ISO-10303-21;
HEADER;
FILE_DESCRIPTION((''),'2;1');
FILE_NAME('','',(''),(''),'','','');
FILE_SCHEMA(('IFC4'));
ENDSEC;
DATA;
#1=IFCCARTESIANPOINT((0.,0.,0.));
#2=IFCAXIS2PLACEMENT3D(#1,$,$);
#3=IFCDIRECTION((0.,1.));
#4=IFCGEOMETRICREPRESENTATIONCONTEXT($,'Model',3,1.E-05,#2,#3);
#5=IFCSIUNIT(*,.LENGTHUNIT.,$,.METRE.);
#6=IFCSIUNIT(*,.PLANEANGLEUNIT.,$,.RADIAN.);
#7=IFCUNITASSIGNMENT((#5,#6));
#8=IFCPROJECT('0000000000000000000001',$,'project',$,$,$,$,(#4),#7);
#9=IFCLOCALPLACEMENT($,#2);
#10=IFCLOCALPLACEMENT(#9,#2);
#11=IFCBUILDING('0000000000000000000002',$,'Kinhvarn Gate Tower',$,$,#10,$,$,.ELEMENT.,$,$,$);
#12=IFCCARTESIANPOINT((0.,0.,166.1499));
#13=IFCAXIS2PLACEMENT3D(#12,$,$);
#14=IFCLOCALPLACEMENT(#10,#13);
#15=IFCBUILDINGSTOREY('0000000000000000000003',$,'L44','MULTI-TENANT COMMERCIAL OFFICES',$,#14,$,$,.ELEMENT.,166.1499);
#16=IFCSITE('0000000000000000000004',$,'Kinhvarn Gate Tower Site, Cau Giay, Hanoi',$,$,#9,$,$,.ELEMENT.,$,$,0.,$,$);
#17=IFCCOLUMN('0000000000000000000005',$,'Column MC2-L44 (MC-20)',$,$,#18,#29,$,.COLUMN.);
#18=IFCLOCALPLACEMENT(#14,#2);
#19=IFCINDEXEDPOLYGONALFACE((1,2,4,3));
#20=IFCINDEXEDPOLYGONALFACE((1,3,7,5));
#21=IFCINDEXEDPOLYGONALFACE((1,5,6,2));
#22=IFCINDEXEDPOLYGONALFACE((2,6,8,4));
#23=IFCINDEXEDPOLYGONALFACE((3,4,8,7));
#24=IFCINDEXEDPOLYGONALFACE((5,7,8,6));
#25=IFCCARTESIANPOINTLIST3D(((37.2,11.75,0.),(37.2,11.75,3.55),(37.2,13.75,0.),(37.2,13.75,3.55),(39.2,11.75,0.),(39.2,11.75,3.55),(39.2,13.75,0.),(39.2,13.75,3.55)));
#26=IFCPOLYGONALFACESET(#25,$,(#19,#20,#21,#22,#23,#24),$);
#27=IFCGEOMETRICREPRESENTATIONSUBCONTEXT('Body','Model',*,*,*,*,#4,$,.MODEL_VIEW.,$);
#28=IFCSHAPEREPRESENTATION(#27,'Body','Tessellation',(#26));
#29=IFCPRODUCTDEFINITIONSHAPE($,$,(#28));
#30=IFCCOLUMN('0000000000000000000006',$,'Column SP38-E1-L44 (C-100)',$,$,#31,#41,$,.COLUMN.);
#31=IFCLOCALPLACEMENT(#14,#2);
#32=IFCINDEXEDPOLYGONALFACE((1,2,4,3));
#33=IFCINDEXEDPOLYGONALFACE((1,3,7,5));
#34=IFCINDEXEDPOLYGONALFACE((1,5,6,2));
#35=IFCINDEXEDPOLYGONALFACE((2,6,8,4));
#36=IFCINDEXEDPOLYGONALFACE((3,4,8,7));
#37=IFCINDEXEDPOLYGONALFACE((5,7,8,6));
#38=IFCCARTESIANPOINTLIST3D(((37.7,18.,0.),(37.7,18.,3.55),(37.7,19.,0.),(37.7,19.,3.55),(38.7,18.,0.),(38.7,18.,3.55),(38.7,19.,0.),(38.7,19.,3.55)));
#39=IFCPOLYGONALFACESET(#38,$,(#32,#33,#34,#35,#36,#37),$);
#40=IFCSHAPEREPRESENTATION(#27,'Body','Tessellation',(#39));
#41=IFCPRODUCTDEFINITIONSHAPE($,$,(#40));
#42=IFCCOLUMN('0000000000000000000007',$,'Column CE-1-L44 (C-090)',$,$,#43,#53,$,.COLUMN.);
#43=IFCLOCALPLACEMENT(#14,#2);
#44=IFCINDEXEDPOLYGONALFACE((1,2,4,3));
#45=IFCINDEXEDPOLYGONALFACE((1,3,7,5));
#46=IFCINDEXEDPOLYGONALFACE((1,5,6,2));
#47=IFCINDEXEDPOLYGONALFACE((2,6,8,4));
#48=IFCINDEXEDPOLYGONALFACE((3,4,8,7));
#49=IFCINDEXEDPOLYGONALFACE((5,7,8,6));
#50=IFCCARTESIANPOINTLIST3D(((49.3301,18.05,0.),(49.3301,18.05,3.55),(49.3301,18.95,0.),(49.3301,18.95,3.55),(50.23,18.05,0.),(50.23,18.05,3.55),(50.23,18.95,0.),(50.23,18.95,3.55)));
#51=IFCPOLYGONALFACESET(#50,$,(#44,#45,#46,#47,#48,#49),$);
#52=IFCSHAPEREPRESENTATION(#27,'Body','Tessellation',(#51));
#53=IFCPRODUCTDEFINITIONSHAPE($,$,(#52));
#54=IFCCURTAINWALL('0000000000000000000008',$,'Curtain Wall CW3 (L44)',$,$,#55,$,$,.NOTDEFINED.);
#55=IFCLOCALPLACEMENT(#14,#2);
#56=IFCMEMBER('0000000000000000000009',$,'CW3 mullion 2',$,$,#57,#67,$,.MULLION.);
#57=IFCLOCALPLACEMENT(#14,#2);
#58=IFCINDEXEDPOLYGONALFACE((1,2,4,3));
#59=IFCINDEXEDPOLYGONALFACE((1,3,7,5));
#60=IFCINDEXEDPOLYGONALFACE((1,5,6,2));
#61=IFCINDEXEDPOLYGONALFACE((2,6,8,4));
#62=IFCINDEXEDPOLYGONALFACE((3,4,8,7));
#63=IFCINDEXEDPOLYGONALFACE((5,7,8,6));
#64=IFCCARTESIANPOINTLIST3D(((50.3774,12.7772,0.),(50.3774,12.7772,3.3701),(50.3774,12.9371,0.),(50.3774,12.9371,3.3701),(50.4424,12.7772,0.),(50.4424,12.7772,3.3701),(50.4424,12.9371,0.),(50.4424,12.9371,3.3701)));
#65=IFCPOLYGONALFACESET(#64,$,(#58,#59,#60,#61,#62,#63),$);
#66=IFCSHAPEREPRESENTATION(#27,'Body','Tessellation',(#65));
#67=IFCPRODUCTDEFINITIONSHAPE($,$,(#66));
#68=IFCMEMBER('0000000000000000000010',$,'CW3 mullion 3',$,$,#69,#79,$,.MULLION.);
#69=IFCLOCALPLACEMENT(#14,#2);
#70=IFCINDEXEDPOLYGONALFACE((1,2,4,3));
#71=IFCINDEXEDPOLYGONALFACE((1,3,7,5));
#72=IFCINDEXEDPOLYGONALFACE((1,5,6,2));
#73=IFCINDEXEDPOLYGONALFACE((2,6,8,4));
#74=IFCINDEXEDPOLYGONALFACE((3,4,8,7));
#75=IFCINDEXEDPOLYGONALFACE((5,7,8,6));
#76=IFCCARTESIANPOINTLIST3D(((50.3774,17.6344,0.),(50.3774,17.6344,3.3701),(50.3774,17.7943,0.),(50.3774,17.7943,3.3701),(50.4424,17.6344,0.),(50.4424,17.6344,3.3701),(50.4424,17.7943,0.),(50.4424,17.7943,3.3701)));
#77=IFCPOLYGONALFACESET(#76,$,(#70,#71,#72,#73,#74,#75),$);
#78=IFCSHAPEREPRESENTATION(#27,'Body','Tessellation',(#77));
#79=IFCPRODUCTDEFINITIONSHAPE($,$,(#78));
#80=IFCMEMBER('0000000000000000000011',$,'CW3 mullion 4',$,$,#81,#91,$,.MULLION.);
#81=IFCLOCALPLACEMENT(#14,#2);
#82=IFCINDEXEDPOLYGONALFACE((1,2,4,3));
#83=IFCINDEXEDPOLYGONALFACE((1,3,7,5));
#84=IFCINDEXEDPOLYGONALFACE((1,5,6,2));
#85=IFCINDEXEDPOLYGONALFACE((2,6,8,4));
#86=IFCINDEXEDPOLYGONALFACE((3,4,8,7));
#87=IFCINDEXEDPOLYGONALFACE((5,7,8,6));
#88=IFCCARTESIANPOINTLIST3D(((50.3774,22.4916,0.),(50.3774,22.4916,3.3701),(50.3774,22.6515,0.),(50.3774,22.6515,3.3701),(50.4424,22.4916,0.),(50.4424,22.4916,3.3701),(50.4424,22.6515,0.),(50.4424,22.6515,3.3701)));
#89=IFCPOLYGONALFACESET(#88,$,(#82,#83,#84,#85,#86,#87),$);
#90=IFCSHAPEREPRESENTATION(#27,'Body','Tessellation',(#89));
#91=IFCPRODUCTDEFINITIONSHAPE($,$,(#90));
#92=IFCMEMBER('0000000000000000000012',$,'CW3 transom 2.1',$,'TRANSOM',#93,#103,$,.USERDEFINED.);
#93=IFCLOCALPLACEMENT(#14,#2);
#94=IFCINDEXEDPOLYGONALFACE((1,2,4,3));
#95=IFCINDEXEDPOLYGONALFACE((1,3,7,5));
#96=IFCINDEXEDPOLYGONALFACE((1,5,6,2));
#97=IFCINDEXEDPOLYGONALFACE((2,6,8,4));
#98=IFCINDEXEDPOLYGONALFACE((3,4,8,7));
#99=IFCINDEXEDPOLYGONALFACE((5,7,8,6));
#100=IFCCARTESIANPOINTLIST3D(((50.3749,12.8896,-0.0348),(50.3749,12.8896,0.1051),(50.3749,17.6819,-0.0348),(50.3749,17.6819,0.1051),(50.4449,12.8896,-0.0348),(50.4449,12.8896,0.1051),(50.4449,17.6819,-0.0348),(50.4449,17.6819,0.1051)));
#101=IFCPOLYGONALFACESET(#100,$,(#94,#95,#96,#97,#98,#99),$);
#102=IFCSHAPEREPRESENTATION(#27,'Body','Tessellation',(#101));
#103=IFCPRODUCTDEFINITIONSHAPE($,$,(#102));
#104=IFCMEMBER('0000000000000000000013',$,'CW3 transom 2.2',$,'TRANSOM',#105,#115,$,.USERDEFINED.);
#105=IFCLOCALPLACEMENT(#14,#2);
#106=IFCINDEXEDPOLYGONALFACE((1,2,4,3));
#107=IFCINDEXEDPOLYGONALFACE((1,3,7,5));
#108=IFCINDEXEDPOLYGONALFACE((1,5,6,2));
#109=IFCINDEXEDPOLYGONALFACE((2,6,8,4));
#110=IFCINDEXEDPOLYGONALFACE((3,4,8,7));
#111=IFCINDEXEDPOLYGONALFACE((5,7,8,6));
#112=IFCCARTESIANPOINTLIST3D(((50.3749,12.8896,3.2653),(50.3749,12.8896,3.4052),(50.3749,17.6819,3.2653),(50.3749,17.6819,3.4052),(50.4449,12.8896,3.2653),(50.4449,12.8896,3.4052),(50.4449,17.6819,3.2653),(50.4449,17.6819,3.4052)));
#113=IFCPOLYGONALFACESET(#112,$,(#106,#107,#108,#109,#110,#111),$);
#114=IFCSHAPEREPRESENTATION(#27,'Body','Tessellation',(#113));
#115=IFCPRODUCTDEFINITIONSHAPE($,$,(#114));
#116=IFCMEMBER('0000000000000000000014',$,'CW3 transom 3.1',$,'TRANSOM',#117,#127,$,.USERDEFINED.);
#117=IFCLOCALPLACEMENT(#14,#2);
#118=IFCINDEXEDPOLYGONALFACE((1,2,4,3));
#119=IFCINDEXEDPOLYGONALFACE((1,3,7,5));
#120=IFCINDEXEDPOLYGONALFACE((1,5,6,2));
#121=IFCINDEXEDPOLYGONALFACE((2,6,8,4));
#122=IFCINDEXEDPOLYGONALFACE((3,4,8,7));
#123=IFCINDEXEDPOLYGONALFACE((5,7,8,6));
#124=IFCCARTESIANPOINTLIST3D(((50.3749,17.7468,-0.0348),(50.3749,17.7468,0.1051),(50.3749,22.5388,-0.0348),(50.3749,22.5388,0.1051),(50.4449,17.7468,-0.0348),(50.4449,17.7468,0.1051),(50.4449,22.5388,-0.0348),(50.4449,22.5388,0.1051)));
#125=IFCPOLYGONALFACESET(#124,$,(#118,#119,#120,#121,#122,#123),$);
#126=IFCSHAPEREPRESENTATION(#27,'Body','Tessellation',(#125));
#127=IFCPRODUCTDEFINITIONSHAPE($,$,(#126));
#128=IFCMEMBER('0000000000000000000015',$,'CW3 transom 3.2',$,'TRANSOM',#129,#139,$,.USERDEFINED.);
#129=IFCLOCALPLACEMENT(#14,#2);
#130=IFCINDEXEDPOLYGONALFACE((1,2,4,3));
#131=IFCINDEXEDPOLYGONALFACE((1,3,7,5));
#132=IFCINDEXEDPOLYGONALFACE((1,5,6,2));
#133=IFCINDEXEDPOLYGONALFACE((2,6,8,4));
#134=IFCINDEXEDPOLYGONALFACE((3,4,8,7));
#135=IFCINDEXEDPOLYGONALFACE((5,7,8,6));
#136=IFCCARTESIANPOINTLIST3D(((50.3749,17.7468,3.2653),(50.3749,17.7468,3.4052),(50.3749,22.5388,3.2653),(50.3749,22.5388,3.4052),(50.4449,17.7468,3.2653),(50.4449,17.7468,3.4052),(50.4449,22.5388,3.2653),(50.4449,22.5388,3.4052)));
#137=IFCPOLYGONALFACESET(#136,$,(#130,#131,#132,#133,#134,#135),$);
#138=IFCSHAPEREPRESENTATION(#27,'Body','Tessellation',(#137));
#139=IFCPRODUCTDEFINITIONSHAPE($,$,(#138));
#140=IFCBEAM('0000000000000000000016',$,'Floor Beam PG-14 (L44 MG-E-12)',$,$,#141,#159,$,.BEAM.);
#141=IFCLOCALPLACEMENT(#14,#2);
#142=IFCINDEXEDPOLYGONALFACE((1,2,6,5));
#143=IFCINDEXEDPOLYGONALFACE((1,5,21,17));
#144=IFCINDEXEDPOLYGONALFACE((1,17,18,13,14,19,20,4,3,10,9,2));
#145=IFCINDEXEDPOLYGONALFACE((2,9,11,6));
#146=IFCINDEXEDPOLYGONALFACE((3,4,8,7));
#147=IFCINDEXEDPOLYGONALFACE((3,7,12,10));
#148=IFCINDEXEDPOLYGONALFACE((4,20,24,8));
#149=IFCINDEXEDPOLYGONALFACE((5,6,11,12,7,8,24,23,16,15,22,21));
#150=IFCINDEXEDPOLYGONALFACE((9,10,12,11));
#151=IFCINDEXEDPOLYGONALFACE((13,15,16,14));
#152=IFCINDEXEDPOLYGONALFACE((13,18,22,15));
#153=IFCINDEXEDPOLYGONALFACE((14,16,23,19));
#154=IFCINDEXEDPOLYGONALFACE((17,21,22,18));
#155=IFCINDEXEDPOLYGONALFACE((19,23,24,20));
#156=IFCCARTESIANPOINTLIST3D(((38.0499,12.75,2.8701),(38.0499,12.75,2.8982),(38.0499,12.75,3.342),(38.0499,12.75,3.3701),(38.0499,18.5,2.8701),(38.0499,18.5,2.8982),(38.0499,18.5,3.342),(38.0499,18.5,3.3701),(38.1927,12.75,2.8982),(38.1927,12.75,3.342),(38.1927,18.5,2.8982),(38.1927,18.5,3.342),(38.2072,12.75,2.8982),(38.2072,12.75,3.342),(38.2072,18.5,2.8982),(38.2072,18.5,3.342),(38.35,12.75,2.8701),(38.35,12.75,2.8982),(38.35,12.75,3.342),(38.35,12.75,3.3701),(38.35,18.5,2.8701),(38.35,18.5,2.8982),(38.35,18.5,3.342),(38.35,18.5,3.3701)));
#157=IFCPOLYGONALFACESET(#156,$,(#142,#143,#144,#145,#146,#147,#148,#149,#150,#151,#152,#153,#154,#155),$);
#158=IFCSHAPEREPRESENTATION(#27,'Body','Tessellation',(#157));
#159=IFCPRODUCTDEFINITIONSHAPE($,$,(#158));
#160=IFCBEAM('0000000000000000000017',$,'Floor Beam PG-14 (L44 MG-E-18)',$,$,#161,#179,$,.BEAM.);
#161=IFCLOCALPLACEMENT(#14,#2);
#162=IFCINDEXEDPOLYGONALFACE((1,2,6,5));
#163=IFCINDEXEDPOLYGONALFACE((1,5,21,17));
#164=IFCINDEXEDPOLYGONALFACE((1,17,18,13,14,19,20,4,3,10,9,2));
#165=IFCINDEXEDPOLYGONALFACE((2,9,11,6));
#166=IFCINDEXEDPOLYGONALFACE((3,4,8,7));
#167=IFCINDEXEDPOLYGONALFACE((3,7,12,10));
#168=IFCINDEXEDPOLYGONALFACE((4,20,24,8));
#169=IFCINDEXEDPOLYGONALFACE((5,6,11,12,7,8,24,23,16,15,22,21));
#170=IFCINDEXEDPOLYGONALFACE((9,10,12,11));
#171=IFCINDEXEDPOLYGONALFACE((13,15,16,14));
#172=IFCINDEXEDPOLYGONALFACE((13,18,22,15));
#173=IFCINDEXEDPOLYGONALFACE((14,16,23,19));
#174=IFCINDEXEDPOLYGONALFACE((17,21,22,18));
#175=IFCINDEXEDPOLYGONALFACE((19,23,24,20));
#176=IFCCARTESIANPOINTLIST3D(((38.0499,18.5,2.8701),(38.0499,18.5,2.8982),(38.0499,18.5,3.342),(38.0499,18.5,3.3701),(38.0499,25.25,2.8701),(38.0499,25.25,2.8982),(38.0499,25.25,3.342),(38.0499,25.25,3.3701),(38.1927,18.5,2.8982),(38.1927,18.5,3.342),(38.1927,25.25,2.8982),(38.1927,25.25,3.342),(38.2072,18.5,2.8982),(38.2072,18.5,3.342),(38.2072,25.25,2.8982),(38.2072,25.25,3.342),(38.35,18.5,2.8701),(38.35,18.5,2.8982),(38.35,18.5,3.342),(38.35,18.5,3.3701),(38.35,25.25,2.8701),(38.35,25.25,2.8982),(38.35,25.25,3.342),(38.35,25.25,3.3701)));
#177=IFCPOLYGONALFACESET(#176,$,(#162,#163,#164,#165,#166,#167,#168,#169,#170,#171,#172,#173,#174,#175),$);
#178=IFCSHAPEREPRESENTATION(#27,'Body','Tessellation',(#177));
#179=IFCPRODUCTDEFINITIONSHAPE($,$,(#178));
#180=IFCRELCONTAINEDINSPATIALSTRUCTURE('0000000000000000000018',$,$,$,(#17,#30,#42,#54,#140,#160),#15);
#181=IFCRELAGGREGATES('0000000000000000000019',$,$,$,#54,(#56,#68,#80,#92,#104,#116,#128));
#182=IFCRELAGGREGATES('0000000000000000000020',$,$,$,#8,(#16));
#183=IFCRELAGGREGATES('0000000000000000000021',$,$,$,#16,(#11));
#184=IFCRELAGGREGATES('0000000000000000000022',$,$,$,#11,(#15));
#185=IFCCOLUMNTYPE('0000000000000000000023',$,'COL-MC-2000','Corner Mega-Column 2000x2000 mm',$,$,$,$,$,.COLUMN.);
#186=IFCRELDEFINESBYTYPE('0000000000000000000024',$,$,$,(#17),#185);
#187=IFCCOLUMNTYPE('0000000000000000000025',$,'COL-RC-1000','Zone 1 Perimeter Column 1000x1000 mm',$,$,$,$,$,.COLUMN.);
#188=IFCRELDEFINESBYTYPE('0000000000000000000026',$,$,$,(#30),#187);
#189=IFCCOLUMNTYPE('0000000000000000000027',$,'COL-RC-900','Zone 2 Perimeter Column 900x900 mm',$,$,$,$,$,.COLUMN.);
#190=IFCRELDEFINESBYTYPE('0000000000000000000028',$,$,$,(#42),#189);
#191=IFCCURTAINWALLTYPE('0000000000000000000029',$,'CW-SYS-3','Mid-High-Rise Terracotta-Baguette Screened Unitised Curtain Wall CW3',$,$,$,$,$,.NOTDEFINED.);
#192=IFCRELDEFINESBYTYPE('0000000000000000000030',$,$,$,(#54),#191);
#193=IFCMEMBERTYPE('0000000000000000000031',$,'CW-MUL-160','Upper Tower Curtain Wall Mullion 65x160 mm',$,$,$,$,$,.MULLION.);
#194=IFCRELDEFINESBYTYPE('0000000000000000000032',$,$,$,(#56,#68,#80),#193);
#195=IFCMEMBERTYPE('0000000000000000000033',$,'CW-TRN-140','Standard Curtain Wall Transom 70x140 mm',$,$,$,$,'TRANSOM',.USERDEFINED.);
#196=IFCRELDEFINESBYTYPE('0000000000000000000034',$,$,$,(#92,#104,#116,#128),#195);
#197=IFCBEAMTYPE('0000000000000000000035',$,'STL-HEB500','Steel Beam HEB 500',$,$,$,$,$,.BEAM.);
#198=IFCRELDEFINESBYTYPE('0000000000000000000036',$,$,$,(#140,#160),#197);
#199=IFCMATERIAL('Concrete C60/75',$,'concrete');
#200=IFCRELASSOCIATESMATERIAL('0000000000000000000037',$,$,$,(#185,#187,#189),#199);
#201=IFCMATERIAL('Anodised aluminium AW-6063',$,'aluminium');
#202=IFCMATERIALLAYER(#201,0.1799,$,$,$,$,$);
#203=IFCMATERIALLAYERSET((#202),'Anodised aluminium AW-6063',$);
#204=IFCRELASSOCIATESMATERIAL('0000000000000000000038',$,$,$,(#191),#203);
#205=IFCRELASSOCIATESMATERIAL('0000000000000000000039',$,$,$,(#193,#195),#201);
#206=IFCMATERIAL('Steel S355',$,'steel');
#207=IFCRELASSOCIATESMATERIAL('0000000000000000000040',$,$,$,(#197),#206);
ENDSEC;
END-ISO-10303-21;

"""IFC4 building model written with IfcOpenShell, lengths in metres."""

from ifc_helpers import new_model, si_unit, direction, frame, origin, origin_2d, place, context, subcontext, project, spatial, rectangle, i_section, extrude, material, layer, layer_set, material_profile, profile_set, type_object, element, aggregate, save


model = new_model("IFC4")

# Units and contexts
model_context = context("Model", 3, precision=1e-05, world=origin(), true_north=direction((0.0, 1.0)))
body_context = subcontext(model_context, "Body", "Model", "MODEL_VIEW")
ifc_project = project(units=[si_unit("LENGTHUNIT", "METRE"), si_unit("PLANEANGLEUNIT", "RADIAN")], contexts=[model_context])

# Site, building, storey
site_placement = place(None, origin())
site = spatial("IfcSite", under=ifc_project, at=site_placement, Name="Kinhvarn Gate Tower Site, Cau Giay, Hanoi", CompositionType="ELEMENT", RefElevation=0.0)
building_placement = place(site_placement, origin())
building = spatial("IfcBuilding", under=site, at=building_placement, Name="Kinhvarn Gate Tower", CompositionType="ELEMENT")
storey_placement = place(building_placement, frame((0.0, 0.0, 166.1499)))
storey = spatial("IfcBuildingStorey", under=building, at=storey_placement, Name="L44", Description="MULTI-TENANT COMMERCIAL OFFICES", CompositionType="ELEMENT", Elevation=166.1499)

# Columns
ifc_material_1 = material(Name="Concrete C60/75", Category="concrete")
ifc_material_profile_1 = material_profile(ifc_material_1, rectangle(XDim=2.0, YDim=2.0, at=origin_2d()), Name="RC 2000x2000")
ifc_profile_set_1 = profile_set([ifc_material_profile_1], Name="Concrete C60/75")
column_type_1 = type_object("IfcColumnType", Name="COL-MC-2000", Description="Corner Mega-Column 2000x2000 mm", PredefinedType="COLUMN", material=ifc_profile_set_1)
column_1_placement = place(storey_placement, frame((38.2, 12.75, 0.0), z_axis=(0.0, 0.0, 1.0), x_axis=(1.0, 0.0, 0.0)))
element("IfcColumn", 1, at=column_1_placement, inside=storey, type_object=column_type_1, Name="Column MC2-L44 (MC-20)", PredefinedType="COLUMN", context=body_context, shape_type="SweptSolid", body=[
    extrude(rectangle(XDim=2.0, YDim=2.0, at=origin_2d()), origin(), (0.0, 0.0, 1.0), 3.55),
])
ifc_material_profile_2 = material_profile(ifc_material_1, rectangle(XDim=1.0, YDim=1.0, at=origin_2d()), Name="RC 1000x1000")
ifc_profile_set_2 = profile_set([ifc_material_profile_2], Name="Concrete C60/75")
column_type_2 = type_object("IfcColumnType", Name="COL-RC-1000", Description="Zone 1 Perimeter Column 1000x1000 mm", PredefinedType="COLUMN", material=ifc_profile_set_2)
column_2_placement = place(storey_placement, frame((38.2, 18.5, 0.0), z_axis=(0.0, 0.0, 1.0), x_axis=(1.0, 0.0, 0.0)))
element("IfcColumn", 2, at=column_2_placement, inside=storey, type_object=column_type_2, Name="Column SP38-E1-L44 (C-100)", PredefinedType="COLUMN", context=body_context, shape_type="SweptSolid", body=[
    extrude(rectangle(XDim=1.0, YDim=1.0, at=origin_2d()), origin(), (0.0, 0.0, 1.0), 3.55),
])
ifc_material_profile_3 = material_profile(ifc_material_1, rectangle(XDim=0.8999, YDim=0.8999, at=origin_2d()), Name="RC 900x900")
ifc_profile_set_3 = profile_set([ifc_material_profile_3], Name="Concrete C60/75")
column_type_3 = type_object("IfcColumnType", Name="COL-RC-900", Description="Zone 2 Perimeter Column 900x900 mm", PredefinedType="COLUMN", material=ifc_profile_set_3)
column_3_placement = place(storey_placement, frame((49.78, 18.5, 0.0), z_axis=(0.0, 0.0, 1.0), x_axis=(1.0, 0.0, 0.0)))
element("IfcColumn", 3, at=column_3_placement, inside=storey, type_object=column_type_3, Name="Column CE-1-L44 (C-090)", PredefinedType="COLUMN", context=body_context, shape_type="SweptSolid", body=[
    extrude(rectangle(XDim=0.8999, YDim=0.8999, at=origin_2d()), origin(), (0.0, 0.0, 1.0), 3.55),
])

# Curtain wall, members
ifc_material_2 = material(Name="Anodised aluminium AW-6063", Category="aluminium")
ifc_layer_1 = layer(ifc_material_2, 0.1799)
ifc_layer_set_1 = layer_set([ifc_layer_1], Name="Anodised aluminium AW-6063")
curtain_wall_type = type_object("IfcCurtainWallType", Name="CW-SYS-3", Description="Mid-High-Rise Terracotta-Baguette Screened Unitised Curtain Wall CW3", PredefinedType="NOTDEFINED", material=ifc_layer_set_1)
curtain_wall_placement = place(storey_placement, origin())
curtain_wall = element("IfcCurtainWall", 4, at=curtain_wall_placement, inside=storey, type_object=curtain_wall_type, Name="Curtain Wall CW3 (L44)", PredefinedType="NOTDEFINED")
ifc_material_profile_4 = material_profile(ifc_material_2, rectangle(XDim=0.0649, YDim=0.1599, at=origin_2d()), Name="ALU 65x160")
ifc_profile_set_4 = profile_set([ifc_material_profile_4], Name="Anodised aluminium AW-6063")
member_type_1 = type_object("IfcMemberType", Name="CW-MUL-160", Description="Upper Tower Curtain Wall Mullion 65x160 mm", PredefinedType="MULLION", material=ifc_profile_set_4)
member_1_placement = place(storey_placement, frame((50.4099, 12.8572, 0.0), z_axis=(0.0, 0.0, 1.0), x_axis=(-1.0, 0.0, 0.0)))
member_1 = element("IfcMember", 5, at=member_1_placement, type_object=member_type_1, Name="CW3 mullion 2", PredefinedType="MULLION", context=body_context, shape_type="SweptSolid", body=[
    extrude(rectangle(XDim=0.0649, YDim=0.1599, at=origin_2d()), origin(), (0.0, 0.0, 1.0), 3.3701),
])
member_2_placement = place(storey_placement, frame((50.4099, 17.7144, 0.0), z_axis=(0.0, 0.0, 1.0), x_axis=(-1.0, 0.0, 0.0)))
member_2 = element("IfcMember", 6, at=member_2_placement, type_object=member_type_1, Name="CW3 mullion 3", PredefinedType="MULLION", context=body_context, shape_type="SweptSolid", body=[
    extrude(rectangle(XDim=0.0649, YDim=0.1599, at=origin_2d()), origin(), (0.0, 0.0, 1.0), 3.3701),
])
member_3_placement = place(storey_placement, frame((50.4099, 22.5715, 0.0), z_axis=(0.0, 0.0, 1.0), x_axis=(-1.0, 0.0, 0.0)))
member_3 = element("IfcMember", 7, at=member_3_placement, type_object=member_type_1, Name="CW3 mullion 4", PredefinedType="MULLION", context=body_context, shape_type="SweptSolid", body=[
    extrude(rectangle(XDim=0.0649, YDim=0.1599, at=origin_2d()), origin(), (0.0, 0.0, 1.0), 3.3701),
])
ifc_material_profile_5 = material_profile(ifc_material_2, rectangle(XDim=0.0701, YDim=0.1399, at=origin_2d()), Name="ALU 70x140")
ifc_profile_set_5 = profile_set([ifc_material_profile_5], Name="Anodised aluminium AW-6063")
member_type_2 = type_object("IfcMemberType", Name="CW-TRN-140", Description="Standard Curtain Wall Transom 70x140 mm", ElementType="TRANSOM", PredefinedType="USERDEFINED", material=ifc_profile_set_5)
member_4_placement = place(storey_placement, frame((50.4099, 12.8896, 0.0352), z_axis=(0.0, 1.0, 0.0), x_axis=(-1.0, 0.0, 0.0)))
member_4 = element("IfcMember", 8, at=member_4_placement, type_object=member_type_2, Name="CW3 transom 2.1", ObjectType="TRANSOM", PredefinedType="USERDEFINED", context=body_context, shape_type="SweptSolid", body=[
    extrude(rectangle(XDim=0.0701, YDim=0.1399, at=origin_2d()), origin(), (0.0, 0.0, 1.0), 4.7922),
])
member_5_placement = place(storey_placement, frame((50.4099, 12.8896, 3.3352), z_axis=(0.0, 1.0, 0.0), x_axis=(-1.0, 0.0, 0.0)))
member_5 = element("IfcMember", 9, at=member_5_placement, type_object=member_type_2, Name="CW3 transom 2.2", ObjectType="TRANSOM", PredefinedType="USERDEFINED", context=body_context, shape_type="SweptSolid", body=[
    extrude(rectangle(XDim=0.0701, YDim=0.1399, at=origin_2d()), origin(), (0.0, 0.0, 1.0), 4.7922),
])
member_6_placement = place(storey_placement, frame((50.4099, 17.7468, 0.0352), z_axis=(0.0, 1.0, 0.0), x_axis=(-1.0, 0.0, 0.0)))
member_6 = element("IfcMember", 10, at=member_6_placement, type_object=member_type_2, Name="CW3 transom 3.1", ObjectType="TRANSOM", PredefinedType="USERDEFINED", context=body_context, shape_type="SweptSolid", body=[
    extrude(rectangle(XDim=0.0701, YDim=0.1399, at=origin_2d()), origin(), (0.0, 0.0, 1.0), 4.792),
])
member_7_placement = place(storey_placement, frame((50.4099, 17.7468, 3.3352), z_axis=(0.0, 1.0, 0.0), x_axis=(-1.0, 0.0, 0.0)))
member_7 = element("IfcMember", 11, at=member_7_placement, type_object=member_type_2, Name="CW3 transom 3.2", ObjectType="TRANSOM", PredefinedType="USERDEFINED", context=body_context, shape_type="SweptSolid", body=[
    extrude(rectangle(XDim=0.0701, YDim=0.1399, at=origin_2d()), origin(), (0.0, 0.0, 1.0), 4.792),
])

# Beams
ifc_material_3 = material(Name="Steel S355", Category="steel")
ifc_material_profile_6 = material_profile(ifc_material_3, i_section(OverallWidth=0.3, OverallDepth=0.5, WebThickness=0.0144, FlangeThickness=0.0281, at=origin_2d()), Name="HEB 500")
ifc_profile_set_6 = profile_set([ifc_material_profile_6], Name="Steel S355")
beam_type_1 = type_object("IfcBeamType", Name="STL-HEB500", Description="Steel Beam HEB 500", PredefinedType="BEAM", material=ifc_profile_set_6)
beam_1_placement = place(storey_placement, frame((38.2, 12.75, 3.1201), z_axis=(0.0, 1.0, 0.0), x_axis=(-1.0, 0.0, 0.0)))
element("IfcBeam", 12, at=beam_1_placement, inside=storey, type_object=beam_type_1, Name="Floor Beam PG-14 (L44 MG-E-12)", PredefinedType="BEAM", context=body_context, shape_type="SweptSolid", body=[
    extrude(i_section(OverallWidth=0.3, OverallDepth=0.5, WebThickness=0.0144, FlangeThickness=0.0281, at=origin_2d()), origin(), (0.0, 0.0, 1.0), 5.75),
])
beam_2_placement = place(storey_placement, frame((38.2, 18.5, 3.1201), z_axis=(0.0, 1.0, 0.0), x_axis=(-1.0, 0.0, 0.0)))
element("IfcBeam", 13, at=beam_2_placement, inside=storey, type_object=beam_type_1, Name="Floor Beam PG-14 (L44 MG-E-18)", PredefinedType="BEAM", context=body_context, shape_type="SweptSolid", body=[
    extrude(i_section(OverallWidth=0.3, OverallDepth=0.5, WebThickness=0.0144, FlangeThickness=0.0281, at=origin_2d()), origin(), (0.0, 0.0, 1.0), 6.75),
])

aggregate(curtain_wall, [member_1, member_2, member_3, member_4, member_5, member_6, member_7])

save(model, "model.ifc")
